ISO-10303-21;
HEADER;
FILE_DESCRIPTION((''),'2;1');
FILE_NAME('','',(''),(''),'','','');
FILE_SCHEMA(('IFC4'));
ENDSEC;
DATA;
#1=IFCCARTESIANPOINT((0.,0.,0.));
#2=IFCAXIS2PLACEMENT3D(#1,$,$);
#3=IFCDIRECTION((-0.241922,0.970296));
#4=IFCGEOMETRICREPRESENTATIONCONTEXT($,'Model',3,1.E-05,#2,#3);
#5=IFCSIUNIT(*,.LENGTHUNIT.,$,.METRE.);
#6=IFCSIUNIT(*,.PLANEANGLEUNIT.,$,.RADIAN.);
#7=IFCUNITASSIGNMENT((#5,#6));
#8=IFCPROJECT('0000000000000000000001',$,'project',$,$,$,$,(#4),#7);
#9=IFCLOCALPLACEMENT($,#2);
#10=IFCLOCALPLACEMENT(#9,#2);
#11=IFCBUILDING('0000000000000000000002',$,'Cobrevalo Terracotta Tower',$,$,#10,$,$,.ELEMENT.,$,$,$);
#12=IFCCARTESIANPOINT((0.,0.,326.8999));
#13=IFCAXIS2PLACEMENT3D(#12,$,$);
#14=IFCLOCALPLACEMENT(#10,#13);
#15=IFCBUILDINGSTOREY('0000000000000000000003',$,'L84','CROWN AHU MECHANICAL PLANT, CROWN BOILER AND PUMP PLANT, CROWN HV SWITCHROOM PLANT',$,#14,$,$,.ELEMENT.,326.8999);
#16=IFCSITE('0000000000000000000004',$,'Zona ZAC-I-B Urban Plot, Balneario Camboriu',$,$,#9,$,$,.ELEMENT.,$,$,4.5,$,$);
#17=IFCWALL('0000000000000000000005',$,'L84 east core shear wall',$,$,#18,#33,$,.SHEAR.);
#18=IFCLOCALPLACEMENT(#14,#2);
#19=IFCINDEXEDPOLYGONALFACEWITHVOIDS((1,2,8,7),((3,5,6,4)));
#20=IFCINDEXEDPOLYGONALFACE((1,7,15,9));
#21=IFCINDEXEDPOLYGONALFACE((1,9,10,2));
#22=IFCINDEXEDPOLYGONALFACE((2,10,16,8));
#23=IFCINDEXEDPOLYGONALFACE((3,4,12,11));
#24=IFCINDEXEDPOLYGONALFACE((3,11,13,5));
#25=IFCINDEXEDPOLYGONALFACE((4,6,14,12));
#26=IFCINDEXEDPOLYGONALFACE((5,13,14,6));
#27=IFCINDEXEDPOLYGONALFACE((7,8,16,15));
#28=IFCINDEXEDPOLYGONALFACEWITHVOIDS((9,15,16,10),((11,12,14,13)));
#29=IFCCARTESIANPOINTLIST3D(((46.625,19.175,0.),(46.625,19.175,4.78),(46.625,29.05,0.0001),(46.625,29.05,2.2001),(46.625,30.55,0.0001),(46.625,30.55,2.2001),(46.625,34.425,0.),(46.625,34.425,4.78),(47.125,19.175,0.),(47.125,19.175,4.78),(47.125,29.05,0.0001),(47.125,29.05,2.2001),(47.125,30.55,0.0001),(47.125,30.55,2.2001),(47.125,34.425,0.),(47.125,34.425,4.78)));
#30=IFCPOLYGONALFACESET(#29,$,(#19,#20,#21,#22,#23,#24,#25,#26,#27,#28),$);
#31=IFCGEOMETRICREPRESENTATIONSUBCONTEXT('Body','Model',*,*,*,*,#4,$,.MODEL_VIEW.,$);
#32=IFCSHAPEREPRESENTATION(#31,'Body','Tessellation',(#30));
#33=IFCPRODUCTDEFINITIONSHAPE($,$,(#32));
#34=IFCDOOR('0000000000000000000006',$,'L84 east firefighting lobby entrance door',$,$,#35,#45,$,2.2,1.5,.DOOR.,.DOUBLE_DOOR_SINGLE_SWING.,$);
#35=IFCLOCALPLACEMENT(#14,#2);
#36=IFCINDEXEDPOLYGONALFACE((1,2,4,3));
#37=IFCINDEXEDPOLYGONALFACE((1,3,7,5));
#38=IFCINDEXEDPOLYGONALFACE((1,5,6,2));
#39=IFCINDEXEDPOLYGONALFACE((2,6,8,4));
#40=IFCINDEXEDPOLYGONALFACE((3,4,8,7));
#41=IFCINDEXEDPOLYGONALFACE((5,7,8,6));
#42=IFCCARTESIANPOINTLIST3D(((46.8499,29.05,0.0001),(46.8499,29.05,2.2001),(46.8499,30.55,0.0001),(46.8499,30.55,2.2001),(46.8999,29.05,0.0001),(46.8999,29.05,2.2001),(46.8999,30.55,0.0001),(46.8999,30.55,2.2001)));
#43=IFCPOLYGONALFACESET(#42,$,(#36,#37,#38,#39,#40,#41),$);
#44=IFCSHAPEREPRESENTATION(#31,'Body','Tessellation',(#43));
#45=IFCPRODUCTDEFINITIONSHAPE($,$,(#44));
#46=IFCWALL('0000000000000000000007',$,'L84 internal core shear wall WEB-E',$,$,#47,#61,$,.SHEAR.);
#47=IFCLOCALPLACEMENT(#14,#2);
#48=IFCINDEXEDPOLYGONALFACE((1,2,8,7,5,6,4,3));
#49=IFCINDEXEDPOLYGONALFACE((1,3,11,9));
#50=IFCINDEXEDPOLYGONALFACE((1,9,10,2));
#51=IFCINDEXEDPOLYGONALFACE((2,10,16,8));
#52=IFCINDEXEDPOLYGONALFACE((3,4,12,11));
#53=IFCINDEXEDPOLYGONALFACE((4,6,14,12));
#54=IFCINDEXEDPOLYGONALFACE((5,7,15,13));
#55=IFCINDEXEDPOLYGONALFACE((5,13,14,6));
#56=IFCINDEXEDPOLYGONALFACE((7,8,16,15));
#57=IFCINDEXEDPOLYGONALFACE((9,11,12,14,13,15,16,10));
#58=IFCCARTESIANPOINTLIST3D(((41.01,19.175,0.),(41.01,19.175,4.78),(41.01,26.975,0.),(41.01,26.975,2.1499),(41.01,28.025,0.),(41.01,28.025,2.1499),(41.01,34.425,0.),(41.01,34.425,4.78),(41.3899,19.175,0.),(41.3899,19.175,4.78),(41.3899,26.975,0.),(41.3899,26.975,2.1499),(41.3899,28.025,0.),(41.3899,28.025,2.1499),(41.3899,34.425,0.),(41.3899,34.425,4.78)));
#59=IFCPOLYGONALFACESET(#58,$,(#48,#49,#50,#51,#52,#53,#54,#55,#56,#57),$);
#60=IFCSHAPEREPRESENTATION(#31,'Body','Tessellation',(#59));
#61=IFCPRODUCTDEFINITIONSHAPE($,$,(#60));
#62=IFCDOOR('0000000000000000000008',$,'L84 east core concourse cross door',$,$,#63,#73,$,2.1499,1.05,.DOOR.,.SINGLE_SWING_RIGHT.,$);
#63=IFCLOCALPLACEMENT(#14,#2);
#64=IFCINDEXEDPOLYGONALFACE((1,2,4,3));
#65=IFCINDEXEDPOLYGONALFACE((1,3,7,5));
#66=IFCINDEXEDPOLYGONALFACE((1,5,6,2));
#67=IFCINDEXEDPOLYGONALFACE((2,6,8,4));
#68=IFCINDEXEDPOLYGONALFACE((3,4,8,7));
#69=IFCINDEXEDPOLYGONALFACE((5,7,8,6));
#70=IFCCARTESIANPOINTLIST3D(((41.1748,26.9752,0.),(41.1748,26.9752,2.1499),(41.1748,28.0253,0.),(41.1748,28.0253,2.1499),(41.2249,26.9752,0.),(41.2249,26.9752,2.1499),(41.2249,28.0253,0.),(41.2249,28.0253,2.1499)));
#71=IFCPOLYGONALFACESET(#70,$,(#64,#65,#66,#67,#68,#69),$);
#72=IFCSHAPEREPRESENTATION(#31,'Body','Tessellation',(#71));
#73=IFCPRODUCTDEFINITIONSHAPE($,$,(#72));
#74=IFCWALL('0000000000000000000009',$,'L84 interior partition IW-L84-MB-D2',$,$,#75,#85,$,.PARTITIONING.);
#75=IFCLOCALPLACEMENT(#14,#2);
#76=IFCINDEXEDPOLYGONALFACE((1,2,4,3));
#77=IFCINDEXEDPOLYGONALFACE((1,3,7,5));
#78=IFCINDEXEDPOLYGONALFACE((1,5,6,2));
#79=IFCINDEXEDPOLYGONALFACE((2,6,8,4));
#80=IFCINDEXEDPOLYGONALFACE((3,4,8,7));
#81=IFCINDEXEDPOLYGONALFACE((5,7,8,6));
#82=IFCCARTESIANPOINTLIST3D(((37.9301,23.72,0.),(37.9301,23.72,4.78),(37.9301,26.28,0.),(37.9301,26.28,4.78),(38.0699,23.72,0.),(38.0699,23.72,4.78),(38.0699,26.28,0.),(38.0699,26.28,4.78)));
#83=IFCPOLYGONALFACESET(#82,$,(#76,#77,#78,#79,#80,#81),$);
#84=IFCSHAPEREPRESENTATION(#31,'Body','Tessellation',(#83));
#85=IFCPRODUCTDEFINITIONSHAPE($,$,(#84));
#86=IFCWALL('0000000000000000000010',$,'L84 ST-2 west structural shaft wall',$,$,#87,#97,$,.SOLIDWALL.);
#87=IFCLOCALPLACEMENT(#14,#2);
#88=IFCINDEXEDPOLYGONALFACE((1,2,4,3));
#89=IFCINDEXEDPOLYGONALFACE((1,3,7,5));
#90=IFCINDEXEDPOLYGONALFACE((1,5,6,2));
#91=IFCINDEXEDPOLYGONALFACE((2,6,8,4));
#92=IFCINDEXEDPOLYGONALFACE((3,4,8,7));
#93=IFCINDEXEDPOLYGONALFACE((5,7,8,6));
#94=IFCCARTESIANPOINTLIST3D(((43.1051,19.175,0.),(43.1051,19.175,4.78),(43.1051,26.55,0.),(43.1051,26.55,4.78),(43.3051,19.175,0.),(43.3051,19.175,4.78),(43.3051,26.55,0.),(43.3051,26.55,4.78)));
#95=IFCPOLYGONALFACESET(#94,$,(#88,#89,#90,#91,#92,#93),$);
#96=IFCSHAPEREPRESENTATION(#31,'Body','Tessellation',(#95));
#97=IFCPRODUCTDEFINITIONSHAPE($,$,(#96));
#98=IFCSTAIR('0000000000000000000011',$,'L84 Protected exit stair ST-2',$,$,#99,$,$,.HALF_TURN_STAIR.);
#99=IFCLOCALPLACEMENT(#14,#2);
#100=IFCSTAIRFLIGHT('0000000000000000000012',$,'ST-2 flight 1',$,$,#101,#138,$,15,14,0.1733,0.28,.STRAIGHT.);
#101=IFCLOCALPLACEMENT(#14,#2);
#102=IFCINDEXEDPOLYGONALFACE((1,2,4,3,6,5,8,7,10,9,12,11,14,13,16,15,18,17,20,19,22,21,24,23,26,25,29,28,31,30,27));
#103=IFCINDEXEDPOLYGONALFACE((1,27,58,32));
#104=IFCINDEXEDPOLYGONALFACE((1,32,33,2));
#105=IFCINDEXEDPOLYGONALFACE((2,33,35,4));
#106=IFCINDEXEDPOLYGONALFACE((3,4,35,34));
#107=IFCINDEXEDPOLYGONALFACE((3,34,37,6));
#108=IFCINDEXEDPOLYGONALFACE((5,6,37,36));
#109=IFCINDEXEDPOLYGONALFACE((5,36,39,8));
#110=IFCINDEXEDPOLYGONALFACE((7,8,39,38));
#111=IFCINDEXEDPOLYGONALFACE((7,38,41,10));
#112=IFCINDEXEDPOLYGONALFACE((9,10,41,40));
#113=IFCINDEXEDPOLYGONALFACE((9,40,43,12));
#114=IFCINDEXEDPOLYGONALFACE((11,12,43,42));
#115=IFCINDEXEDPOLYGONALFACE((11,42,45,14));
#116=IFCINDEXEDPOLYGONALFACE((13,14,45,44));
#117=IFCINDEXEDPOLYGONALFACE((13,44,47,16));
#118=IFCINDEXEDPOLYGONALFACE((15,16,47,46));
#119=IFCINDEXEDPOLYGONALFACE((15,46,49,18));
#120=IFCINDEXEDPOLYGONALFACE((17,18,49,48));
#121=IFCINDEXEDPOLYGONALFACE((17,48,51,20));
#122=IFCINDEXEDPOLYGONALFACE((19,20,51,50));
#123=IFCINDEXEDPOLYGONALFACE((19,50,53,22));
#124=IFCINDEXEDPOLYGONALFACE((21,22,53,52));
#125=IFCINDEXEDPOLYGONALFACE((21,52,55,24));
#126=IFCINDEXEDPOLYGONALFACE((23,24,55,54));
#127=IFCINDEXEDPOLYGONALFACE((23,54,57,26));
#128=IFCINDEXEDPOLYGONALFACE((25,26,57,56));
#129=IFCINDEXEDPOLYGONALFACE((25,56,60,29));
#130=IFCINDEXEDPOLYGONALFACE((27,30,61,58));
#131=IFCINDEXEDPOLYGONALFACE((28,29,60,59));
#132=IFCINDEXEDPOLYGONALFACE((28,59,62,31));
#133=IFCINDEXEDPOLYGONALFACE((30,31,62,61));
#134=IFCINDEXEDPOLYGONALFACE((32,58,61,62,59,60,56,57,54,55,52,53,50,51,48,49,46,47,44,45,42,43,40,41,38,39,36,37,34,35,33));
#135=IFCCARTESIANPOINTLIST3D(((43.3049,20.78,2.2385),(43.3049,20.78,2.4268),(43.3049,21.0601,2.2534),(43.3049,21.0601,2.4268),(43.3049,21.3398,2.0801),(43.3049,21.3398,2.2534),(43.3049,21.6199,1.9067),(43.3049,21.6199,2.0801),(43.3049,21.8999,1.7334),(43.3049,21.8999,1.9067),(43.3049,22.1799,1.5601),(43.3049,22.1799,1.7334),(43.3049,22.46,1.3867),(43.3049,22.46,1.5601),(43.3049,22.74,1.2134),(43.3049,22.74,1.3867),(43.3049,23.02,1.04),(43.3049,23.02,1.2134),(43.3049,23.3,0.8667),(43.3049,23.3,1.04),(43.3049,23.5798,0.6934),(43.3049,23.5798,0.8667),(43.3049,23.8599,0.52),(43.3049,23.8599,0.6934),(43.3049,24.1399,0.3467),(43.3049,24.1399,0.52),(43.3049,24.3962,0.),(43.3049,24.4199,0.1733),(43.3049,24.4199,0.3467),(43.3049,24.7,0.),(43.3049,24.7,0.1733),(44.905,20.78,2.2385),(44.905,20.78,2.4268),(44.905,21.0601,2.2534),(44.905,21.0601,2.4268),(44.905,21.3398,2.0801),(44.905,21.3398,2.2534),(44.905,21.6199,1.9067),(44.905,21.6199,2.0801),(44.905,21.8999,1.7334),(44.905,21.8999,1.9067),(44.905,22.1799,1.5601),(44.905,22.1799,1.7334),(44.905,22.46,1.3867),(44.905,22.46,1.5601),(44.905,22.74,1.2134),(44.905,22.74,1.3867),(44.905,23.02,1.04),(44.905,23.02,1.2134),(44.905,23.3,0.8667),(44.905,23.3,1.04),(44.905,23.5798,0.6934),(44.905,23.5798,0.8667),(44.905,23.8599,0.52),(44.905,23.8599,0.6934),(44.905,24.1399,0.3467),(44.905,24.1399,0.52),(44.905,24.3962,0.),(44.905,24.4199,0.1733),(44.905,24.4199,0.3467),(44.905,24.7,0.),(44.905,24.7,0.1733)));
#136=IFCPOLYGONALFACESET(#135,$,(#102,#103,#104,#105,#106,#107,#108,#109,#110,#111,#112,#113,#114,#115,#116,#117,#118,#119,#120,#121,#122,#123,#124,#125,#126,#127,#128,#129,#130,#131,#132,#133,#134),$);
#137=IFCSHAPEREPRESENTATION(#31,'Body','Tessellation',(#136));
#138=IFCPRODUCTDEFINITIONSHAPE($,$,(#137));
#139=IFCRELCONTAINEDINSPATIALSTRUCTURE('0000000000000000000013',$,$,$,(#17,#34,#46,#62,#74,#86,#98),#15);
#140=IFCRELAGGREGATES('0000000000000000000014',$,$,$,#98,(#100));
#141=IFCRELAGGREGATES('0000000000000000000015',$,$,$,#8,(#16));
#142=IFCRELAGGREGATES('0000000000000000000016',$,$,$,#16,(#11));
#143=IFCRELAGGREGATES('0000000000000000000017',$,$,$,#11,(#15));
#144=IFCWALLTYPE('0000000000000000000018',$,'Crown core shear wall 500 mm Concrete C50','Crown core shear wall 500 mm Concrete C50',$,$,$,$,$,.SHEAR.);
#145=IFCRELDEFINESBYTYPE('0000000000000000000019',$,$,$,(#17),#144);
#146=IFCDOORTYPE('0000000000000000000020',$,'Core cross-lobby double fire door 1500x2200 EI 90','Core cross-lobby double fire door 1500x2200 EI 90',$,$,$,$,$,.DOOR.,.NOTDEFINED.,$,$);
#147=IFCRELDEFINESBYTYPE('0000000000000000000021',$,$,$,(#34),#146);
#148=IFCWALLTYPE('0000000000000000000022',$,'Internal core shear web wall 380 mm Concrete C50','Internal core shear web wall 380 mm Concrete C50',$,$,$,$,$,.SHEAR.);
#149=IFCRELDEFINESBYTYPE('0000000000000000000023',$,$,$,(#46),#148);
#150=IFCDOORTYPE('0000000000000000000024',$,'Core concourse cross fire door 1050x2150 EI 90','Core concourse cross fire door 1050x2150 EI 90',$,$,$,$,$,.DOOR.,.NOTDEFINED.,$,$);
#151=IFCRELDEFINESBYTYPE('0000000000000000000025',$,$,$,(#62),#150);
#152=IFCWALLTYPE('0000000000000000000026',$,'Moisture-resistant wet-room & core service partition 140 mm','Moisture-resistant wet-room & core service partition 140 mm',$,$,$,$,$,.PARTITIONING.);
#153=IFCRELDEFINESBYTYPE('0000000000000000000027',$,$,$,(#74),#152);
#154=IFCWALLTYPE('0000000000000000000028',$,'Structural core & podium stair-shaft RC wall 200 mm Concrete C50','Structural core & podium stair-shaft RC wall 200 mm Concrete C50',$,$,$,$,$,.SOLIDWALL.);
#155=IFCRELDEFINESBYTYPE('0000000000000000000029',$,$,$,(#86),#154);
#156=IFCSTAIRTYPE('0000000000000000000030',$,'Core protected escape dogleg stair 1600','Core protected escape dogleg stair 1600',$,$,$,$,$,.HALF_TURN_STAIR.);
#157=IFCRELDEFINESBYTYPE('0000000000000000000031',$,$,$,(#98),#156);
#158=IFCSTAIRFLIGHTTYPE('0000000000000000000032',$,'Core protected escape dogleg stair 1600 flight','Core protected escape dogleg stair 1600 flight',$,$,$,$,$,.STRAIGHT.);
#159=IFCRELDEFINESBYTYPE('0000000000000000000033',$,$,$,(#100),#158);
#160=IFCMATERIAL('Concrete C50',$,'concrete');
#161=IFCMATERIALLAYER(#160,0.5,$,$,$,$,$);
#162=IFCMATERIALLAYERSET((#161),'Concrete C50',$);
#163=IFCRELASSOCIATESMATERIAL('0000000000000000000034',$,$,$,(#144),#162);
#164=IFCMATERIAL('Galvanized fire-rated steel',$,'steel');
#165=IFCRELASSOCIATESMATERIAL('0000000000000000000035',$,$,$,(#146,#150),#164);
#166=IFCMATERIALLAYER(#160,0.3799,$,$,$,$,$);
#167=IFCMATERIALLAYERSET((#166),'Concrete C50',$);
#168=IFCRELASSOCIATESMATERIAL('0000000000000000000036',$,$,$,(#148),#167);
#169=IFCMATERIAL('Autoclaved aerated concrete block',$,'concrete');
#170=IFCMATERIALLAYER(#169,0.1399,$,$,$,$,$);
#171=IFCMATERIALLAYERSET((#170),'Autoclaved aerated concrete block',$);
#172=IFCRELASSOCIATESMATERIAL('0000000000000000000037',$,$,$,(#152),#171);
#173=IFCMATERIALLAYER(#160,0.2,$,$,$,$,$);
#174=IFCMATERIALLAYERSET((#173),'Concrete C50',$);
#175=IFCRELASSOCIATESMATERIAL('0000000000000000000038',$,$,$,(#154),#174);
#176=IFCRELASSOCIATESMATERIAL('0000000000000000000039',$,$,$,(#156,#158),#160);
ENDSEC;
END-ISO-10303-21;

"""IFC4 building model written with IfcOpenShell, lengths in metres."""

from ifc_helpers import new_model, si_unit, direction, frame, frame_2d, origin, place, context, subcontext, project, spatial, polyline, rectangle, outline, extrude, source, transform, mapped, material, layer, layer_set, type_object, element, fill, aggregate, save


model = new_model("IFC4")

# Units and contexts
model_context = context("Model", 3, precision=1e-05, world=origin(), true_north=direction((-0.241922, 0.970296)))
body_context = subcontext(model_context, "Body", "Model", "MODEL_VIEW")
ifc_project = project(units=[si_unit("LENGTHUNIT", "METRE"), si_unit("PLANEANGLEUNIT", "RADIAN")], contexts=[model_context])

# Site, building, storey
site_placement = place(None, origin())
site = spatial("IfcSite", under=ifc_project, at=site_placement, Name="Zona ZAC-I-B Urban Plot, Balneario Camboriu", CompositionType="ELEMENT", RefElevation=4.5)
building_placement = place(site_placement, origin())
building = spatial("IfcBuilding", under=site, at=building_placement, Name="Cobrevalo Terracotta Tower", CompositionType="ELEMENT")
storey_placement = place(building_placement, frame((0.0, 0.0, 326.8999)))
storey = spatial("IfcBuildingStorey", under=building, at=storey_placement, Name="L84", Description="CROWN AHU MECHANICAL PLANT, CROWN BOILER AND PUMP PLANT, CROWN HV SWITCHROOM PLANT", CompositionType="ELEMENT", Elevation=326.8999)

# Walls, openings, doors
ifc_material_1 = material(Name="Concrete C50", Category="concrete")
ifc_layer_1 = layer(ifc_material_1, 0.5)
ifc_layer_set_1 = layer_set([ifc_layer_1], Name="Concrete C50")
wall_type_1 = type_object("IfcWallType", Name="Crown core shear wall 500 mm Concrete C50", Description="Crown core shear wall 500 mm Concrete C50", PredefinedType="SHEAR", material=ifc_layer_set_1)
wall_1_placement = place(storey_placement, frame((46.875, 19.175, 0.0), z_axis=(0.0, 0.0, 1.0), x_axis=(0.0, 1.0, 0.0)))
wall_1 = element("IfcWall", 1, at=wall_1_placement, inside=storey, type_object=wall_type_1, Name="L84 east core shear wall", PredefinedType="SHEAR", context=body_context, shape_type="SweptSolid", body=[
    extrude(rectangle(XDim=15.25, YDim=0.5, at=frame_2d((7.625, 0.0))), origin(), (0.0, 0.0, 1.0), 4.78),
])
opening_1_placement = place(wall_1_placement, frame((9.875, 0.0, 0.0)))
opening_1 = element("IfcOpeningElement", 2, at=opening_1_placement, cuts=wall_1, PredefinedType="OPENING", context=body_context, shape_type="SweptSolid", body=[
    extrude(rectangle(XDim=1.5, YDim=2.2, at=frame_2d((0.75, 1.1001))), frame((0.0, 0.26, 0.0), z_axis=(0.0, -1.0, 0.0), x_axis=(1.0, 0.0, 0.0)), (0.0, 0.0, 1.0), 0.52),
])
ifc_material_2 = material(Name="Galvanized fire-rated steel", Category="steel")
door_type_1 = type_object("IfcDoorType", Name="Core cross-lobby double fire door 1500x2200 EI 90", Description="Core cross-lobby double fire door 1500x2200 EI 90", OperationType="NOTDEFINED", PredefinedType="DOOR", material=ifc_material_2)
shared_shape_1 = source(origin(), body_context, "Body", "SweptSolid", [
    extrude(rectangle(XDim=1.5, YDim=2.2, at=frame_2d((0.75, 1.1001))), frame((0.0, 0.0249, 0.0), z_axis=(0.0, -1.0, 0.0), x_axis=(1.0, 0.0, 0.0)), (0.0, 0.0, 1.0), 0.05),
])
door_1_placement = place(opening_1_placement, frame((1.5, 0.0, 0.0), z_axis=(0.0, 0.0, 1.0), x_axis=(-1.0, 0.0, 0.0)))
door_1 = element("IfcDoor", 3, at=door_1_placement, inside=storey, type_object=door_type_1, Name="L84 east firefighting lobby entrance door", OperationType="DOUBLE_DOOR_SINGLE_SWING", OverallHeight=2.2, OverallWidth=1.5, PredefinedType="DOOR", context=body_context, shape_type="MappedRepresentation", body=[
    mapped(shared_shape_1, transform((0.0, 0.0, 0.0), scale=1.0)),
])
fill(opening_1, door_1)
ifc_layer_2 = layer(ifc_material_1, 0.3799)
ifc_layer_set_2 = layer_set([ifc_layer_2], Name="Concrete C50")
wall_type_2 = type_object("IfcWallType", Name="Internal core shear web wall 380 mm Concrete C50", Description="Internal core shear web wall 380 mm Concrete C50", PredefinedType="SHEAR", material=ifc_layer_set_2)
wall_2_placement = place(storey_placement, frame((41.2, 19.175, 0.0), z_axis=(0.0, 0.0, 1.0), x_axis=(0.0, 1.0, 0.0)))
wall_2 = element("IfcWall", 4, at=wall_2_placement, inside=storey, type_object=wall_type_2, Name="L84 internal core shear wall WEB-E", PredefinedType="SHEAR", context=body_context, shape_type="SweptSolid", body=[
    extrude(rectangle(XDim=15.25, YDim=0.3799, at=frame_2d((7.625, 0.0))), origin(), (0.0, 0.0, 1.0), 4.78),
])
opening_2_placement = place(wall_2_placement, frame((7.8, 0.0, 0.0)))
opening_2 = element("IfcOpeningElement", 5, at=opening_2_placement, cuts=wall_2, PredefinedType="OPENING", context=body_context, shape_type="SweptSolid", body=[
    extrude(rectangle(XDim=1.05, YDim=2.1499, at=frame_2d((0.5249, 1.075))), frame((0.0, 0.2, 0.0), z_axis=(0.0, -1.0, 0.0), x_axis=(1.0, 0.0, 0.0)), (0.0, 0.0, 1.0), 0.3999),
])
door_type_2 = type_object("IfcDoorType", Name="Core concourse cross fire door 1050x2150 EI 90", Description="Core concourse cross fire door 1050x2150 EI 90", OperationType="NOTDEFINED", PredefinedType="DOOR", material=ifc_material_2)
shared_shape_2 = source(origin(), body_context, "Body", "SweptSolid", [
    extrude(rectangle(XDim=1.05, YDim=2.1499, at=frame_2d((0.5249, 1.075))), frame((0.0, 0.0249, 0.0), z_axis=(0.0, -1.0, 0.0), x_axis=(1.0, 0.0, 0.0)), (0.0, 0.0, 1.0), 0.05),
])
door_2_placement = place(opening_2_placement, frame((1.05, 0.0, 0.0), z_axis=(0.0, 0.0, 1.0), x_axis=(-1.0, 0.0, 0.0)))
door_2 = element("IfcDoor", 6, at=door_2_placement, inside=storey, type_object=door_type_2, Name="L84 east core concourse cross door", OperationType="SINGLE_SWING_RIGHT", OverallHeight=2.1499, OverallWidth=1.05, PredefinedType="DOOR", context=body_context, shape_type="MappedRepresentation", body=[
    mapped(shared_shape_2, transform((0.0, 0.0, 0.0), scale=1.0)),
])
fill(opening_2, door_2)

# Walls
ifc_material_3 = material(Name="Autoclaved aerated concrete block", Category="concrete")
ifc_layer_3 = layer(ifc_material_3, 0.1399)
ifc_layer_set_3 = layer_set([ifc_layer_3], Name="Autoclaved aerated concrete block")
wall_type_3 = type_object("IfcWallType", Name="Moisture-resistant wet-room & core service partition 140 mm", Description="Moisture-resistant wet-room & core service partition 140 mm", PredefinedType="PARTITIONING", material=ifc_layer_set_3)
wall_3_placement = place(storey_placement, frame((38.0, 23.72, 0.0), z_axis=(0.0, 0.0, 1.0), x_axis=(0.0, 1.0, 0.0)))
element("IfcWall", 7, at=wall_3_placement, inside=storey, type_object=wall_type_3, Name="L84 interior partition IW-L84-MB-D2", PredefinedType="PARTITIONING", context=body_context, shape_type="SweptSolid", body=[
    extrude(rectangle(XDim=2.5601, YDim=0.1399, at=frame_2d((1.28, 0.0))), origin(), (0.0, 0.0, 1.0), 4.78),
])
ifc_layer_4 = layer(ifc_material_1, 0.2)
ifc_layer_set_4 = layer_set([ifc_layer_4], Name="Concrete C50")
wall_type_4 = type_object("IfcWallType", Name="Structural core & podium stair-shaft RC wall 200 mm Concrete C50", Description="Structural core & podium stair-shaft RC wall 200 mm Concrete C50", PredefinedType="SOLIDWALL", material=ifc_layer_set_4)
wall_4_placement = place(storey_placement, frame((43.2051, 19.175, 0.0), z_axis=(0.0, 0.0, 1.0), x_axis=(0.0, 1.0, 0.0)))
element("IfcWall", 8, at=wall_4_placement, inside=storey, type_object=wall_type_4, Name="L84 ST-2 west structural shaft wall", PredefinedType="SOLIDWALL", context=body_context, shape_type="SweptSolid", body=[
    extrude(rectangle(XDim=7.375, YDim=0.2, at=frame_2d((3.6875, 0.0))), origin(), (0.0, 0.0, 1.0), 4.78),
])

# Stair, stair flight
stair_type = type_object("IfcStairType", Name="Core protected escape dogleg stair 1600", Description="Core protected escape dogleg stair 1600", PredefinedType="HALF_TURN_STAIR", material=ifc_material_1)
stair_placement = place(storey_placement, origin())
stair = element("IfcStair", 9, at=stair_placement, inside=storey, type_object=stair_type, Name="L84 Protected exit stair ST-2", PredefinedType="HALF_TURN_STAIR")
stair_flight_type = type_object("IfcStairFlightType", Name="Core protected escape dogleg stair 1600 flight", Description="Core protected escape dogleg stair 1600 flight", PredefinedType="STRAIGHT", material=ifc_material_1)
stair_flight_1_placement = place(storey_placement, frame((44.105, 24.7, 0.0), z_axis=(0.0, 0.0, 1.0), x_axis=(0.0, -1.0, 0.0)))
stair_flight_1 = element("IfcStairFlight", 10, at=stair_flight_1_placement, type_object=stair_flight_type, Name="ST-2 flight 1", NumberOfRisers=15, NumberOfTreads=14, PredefinedType="STRAIGHT", RiserHeight=0.1733, TreadLength=0.28, context=body_context, shape_type="SweptSolid", body=[
    extrude(outline(polyline([(0.0, 0.0), (0.0, 0.1733), (0.28, 0.1733), (0.28, 0.3467), (0.5601, 0.3467), (0.5601, 0.52), (0.8401, 0.52), (0.8401, 0.6934), (1.1201, 0.6934), (1.1201, 0.8667), (1.3999, 0.8667), (1.3999, 1.04), (1.6799, 1.04), (1.6799, 1.2134), (1.96, 1.2134), (1.96, 1.3867), (2.24, 1.3867), (2.24, 1.5601), (2.52, 1.5601), (2.52, 1.7334), (2.8, 1.7334), (2.8, 1.9067), (3.0801, 1.9067), (3.0801, 2.0801), (3.3601, 2.0801), (3.3601, 2.2534), (3.6399, 2.2534), (3.6399, 2.4268), (3.9199, 2.4268), (3.9199, 2.6001), (3.9199, 2.2385), (0.3037, 0.0), (0.0, 0.0)])), frame((0.0, 0.8, 0.0), z_axis=(0.0, -1.0, 0.0), x_axis=(1.0, 0.0, 0.0)), (0.0, 0.0, 1.0), 1.6001),
])
aggregate(stair, [stair_flight_1])

save(model, "model.ifc")
